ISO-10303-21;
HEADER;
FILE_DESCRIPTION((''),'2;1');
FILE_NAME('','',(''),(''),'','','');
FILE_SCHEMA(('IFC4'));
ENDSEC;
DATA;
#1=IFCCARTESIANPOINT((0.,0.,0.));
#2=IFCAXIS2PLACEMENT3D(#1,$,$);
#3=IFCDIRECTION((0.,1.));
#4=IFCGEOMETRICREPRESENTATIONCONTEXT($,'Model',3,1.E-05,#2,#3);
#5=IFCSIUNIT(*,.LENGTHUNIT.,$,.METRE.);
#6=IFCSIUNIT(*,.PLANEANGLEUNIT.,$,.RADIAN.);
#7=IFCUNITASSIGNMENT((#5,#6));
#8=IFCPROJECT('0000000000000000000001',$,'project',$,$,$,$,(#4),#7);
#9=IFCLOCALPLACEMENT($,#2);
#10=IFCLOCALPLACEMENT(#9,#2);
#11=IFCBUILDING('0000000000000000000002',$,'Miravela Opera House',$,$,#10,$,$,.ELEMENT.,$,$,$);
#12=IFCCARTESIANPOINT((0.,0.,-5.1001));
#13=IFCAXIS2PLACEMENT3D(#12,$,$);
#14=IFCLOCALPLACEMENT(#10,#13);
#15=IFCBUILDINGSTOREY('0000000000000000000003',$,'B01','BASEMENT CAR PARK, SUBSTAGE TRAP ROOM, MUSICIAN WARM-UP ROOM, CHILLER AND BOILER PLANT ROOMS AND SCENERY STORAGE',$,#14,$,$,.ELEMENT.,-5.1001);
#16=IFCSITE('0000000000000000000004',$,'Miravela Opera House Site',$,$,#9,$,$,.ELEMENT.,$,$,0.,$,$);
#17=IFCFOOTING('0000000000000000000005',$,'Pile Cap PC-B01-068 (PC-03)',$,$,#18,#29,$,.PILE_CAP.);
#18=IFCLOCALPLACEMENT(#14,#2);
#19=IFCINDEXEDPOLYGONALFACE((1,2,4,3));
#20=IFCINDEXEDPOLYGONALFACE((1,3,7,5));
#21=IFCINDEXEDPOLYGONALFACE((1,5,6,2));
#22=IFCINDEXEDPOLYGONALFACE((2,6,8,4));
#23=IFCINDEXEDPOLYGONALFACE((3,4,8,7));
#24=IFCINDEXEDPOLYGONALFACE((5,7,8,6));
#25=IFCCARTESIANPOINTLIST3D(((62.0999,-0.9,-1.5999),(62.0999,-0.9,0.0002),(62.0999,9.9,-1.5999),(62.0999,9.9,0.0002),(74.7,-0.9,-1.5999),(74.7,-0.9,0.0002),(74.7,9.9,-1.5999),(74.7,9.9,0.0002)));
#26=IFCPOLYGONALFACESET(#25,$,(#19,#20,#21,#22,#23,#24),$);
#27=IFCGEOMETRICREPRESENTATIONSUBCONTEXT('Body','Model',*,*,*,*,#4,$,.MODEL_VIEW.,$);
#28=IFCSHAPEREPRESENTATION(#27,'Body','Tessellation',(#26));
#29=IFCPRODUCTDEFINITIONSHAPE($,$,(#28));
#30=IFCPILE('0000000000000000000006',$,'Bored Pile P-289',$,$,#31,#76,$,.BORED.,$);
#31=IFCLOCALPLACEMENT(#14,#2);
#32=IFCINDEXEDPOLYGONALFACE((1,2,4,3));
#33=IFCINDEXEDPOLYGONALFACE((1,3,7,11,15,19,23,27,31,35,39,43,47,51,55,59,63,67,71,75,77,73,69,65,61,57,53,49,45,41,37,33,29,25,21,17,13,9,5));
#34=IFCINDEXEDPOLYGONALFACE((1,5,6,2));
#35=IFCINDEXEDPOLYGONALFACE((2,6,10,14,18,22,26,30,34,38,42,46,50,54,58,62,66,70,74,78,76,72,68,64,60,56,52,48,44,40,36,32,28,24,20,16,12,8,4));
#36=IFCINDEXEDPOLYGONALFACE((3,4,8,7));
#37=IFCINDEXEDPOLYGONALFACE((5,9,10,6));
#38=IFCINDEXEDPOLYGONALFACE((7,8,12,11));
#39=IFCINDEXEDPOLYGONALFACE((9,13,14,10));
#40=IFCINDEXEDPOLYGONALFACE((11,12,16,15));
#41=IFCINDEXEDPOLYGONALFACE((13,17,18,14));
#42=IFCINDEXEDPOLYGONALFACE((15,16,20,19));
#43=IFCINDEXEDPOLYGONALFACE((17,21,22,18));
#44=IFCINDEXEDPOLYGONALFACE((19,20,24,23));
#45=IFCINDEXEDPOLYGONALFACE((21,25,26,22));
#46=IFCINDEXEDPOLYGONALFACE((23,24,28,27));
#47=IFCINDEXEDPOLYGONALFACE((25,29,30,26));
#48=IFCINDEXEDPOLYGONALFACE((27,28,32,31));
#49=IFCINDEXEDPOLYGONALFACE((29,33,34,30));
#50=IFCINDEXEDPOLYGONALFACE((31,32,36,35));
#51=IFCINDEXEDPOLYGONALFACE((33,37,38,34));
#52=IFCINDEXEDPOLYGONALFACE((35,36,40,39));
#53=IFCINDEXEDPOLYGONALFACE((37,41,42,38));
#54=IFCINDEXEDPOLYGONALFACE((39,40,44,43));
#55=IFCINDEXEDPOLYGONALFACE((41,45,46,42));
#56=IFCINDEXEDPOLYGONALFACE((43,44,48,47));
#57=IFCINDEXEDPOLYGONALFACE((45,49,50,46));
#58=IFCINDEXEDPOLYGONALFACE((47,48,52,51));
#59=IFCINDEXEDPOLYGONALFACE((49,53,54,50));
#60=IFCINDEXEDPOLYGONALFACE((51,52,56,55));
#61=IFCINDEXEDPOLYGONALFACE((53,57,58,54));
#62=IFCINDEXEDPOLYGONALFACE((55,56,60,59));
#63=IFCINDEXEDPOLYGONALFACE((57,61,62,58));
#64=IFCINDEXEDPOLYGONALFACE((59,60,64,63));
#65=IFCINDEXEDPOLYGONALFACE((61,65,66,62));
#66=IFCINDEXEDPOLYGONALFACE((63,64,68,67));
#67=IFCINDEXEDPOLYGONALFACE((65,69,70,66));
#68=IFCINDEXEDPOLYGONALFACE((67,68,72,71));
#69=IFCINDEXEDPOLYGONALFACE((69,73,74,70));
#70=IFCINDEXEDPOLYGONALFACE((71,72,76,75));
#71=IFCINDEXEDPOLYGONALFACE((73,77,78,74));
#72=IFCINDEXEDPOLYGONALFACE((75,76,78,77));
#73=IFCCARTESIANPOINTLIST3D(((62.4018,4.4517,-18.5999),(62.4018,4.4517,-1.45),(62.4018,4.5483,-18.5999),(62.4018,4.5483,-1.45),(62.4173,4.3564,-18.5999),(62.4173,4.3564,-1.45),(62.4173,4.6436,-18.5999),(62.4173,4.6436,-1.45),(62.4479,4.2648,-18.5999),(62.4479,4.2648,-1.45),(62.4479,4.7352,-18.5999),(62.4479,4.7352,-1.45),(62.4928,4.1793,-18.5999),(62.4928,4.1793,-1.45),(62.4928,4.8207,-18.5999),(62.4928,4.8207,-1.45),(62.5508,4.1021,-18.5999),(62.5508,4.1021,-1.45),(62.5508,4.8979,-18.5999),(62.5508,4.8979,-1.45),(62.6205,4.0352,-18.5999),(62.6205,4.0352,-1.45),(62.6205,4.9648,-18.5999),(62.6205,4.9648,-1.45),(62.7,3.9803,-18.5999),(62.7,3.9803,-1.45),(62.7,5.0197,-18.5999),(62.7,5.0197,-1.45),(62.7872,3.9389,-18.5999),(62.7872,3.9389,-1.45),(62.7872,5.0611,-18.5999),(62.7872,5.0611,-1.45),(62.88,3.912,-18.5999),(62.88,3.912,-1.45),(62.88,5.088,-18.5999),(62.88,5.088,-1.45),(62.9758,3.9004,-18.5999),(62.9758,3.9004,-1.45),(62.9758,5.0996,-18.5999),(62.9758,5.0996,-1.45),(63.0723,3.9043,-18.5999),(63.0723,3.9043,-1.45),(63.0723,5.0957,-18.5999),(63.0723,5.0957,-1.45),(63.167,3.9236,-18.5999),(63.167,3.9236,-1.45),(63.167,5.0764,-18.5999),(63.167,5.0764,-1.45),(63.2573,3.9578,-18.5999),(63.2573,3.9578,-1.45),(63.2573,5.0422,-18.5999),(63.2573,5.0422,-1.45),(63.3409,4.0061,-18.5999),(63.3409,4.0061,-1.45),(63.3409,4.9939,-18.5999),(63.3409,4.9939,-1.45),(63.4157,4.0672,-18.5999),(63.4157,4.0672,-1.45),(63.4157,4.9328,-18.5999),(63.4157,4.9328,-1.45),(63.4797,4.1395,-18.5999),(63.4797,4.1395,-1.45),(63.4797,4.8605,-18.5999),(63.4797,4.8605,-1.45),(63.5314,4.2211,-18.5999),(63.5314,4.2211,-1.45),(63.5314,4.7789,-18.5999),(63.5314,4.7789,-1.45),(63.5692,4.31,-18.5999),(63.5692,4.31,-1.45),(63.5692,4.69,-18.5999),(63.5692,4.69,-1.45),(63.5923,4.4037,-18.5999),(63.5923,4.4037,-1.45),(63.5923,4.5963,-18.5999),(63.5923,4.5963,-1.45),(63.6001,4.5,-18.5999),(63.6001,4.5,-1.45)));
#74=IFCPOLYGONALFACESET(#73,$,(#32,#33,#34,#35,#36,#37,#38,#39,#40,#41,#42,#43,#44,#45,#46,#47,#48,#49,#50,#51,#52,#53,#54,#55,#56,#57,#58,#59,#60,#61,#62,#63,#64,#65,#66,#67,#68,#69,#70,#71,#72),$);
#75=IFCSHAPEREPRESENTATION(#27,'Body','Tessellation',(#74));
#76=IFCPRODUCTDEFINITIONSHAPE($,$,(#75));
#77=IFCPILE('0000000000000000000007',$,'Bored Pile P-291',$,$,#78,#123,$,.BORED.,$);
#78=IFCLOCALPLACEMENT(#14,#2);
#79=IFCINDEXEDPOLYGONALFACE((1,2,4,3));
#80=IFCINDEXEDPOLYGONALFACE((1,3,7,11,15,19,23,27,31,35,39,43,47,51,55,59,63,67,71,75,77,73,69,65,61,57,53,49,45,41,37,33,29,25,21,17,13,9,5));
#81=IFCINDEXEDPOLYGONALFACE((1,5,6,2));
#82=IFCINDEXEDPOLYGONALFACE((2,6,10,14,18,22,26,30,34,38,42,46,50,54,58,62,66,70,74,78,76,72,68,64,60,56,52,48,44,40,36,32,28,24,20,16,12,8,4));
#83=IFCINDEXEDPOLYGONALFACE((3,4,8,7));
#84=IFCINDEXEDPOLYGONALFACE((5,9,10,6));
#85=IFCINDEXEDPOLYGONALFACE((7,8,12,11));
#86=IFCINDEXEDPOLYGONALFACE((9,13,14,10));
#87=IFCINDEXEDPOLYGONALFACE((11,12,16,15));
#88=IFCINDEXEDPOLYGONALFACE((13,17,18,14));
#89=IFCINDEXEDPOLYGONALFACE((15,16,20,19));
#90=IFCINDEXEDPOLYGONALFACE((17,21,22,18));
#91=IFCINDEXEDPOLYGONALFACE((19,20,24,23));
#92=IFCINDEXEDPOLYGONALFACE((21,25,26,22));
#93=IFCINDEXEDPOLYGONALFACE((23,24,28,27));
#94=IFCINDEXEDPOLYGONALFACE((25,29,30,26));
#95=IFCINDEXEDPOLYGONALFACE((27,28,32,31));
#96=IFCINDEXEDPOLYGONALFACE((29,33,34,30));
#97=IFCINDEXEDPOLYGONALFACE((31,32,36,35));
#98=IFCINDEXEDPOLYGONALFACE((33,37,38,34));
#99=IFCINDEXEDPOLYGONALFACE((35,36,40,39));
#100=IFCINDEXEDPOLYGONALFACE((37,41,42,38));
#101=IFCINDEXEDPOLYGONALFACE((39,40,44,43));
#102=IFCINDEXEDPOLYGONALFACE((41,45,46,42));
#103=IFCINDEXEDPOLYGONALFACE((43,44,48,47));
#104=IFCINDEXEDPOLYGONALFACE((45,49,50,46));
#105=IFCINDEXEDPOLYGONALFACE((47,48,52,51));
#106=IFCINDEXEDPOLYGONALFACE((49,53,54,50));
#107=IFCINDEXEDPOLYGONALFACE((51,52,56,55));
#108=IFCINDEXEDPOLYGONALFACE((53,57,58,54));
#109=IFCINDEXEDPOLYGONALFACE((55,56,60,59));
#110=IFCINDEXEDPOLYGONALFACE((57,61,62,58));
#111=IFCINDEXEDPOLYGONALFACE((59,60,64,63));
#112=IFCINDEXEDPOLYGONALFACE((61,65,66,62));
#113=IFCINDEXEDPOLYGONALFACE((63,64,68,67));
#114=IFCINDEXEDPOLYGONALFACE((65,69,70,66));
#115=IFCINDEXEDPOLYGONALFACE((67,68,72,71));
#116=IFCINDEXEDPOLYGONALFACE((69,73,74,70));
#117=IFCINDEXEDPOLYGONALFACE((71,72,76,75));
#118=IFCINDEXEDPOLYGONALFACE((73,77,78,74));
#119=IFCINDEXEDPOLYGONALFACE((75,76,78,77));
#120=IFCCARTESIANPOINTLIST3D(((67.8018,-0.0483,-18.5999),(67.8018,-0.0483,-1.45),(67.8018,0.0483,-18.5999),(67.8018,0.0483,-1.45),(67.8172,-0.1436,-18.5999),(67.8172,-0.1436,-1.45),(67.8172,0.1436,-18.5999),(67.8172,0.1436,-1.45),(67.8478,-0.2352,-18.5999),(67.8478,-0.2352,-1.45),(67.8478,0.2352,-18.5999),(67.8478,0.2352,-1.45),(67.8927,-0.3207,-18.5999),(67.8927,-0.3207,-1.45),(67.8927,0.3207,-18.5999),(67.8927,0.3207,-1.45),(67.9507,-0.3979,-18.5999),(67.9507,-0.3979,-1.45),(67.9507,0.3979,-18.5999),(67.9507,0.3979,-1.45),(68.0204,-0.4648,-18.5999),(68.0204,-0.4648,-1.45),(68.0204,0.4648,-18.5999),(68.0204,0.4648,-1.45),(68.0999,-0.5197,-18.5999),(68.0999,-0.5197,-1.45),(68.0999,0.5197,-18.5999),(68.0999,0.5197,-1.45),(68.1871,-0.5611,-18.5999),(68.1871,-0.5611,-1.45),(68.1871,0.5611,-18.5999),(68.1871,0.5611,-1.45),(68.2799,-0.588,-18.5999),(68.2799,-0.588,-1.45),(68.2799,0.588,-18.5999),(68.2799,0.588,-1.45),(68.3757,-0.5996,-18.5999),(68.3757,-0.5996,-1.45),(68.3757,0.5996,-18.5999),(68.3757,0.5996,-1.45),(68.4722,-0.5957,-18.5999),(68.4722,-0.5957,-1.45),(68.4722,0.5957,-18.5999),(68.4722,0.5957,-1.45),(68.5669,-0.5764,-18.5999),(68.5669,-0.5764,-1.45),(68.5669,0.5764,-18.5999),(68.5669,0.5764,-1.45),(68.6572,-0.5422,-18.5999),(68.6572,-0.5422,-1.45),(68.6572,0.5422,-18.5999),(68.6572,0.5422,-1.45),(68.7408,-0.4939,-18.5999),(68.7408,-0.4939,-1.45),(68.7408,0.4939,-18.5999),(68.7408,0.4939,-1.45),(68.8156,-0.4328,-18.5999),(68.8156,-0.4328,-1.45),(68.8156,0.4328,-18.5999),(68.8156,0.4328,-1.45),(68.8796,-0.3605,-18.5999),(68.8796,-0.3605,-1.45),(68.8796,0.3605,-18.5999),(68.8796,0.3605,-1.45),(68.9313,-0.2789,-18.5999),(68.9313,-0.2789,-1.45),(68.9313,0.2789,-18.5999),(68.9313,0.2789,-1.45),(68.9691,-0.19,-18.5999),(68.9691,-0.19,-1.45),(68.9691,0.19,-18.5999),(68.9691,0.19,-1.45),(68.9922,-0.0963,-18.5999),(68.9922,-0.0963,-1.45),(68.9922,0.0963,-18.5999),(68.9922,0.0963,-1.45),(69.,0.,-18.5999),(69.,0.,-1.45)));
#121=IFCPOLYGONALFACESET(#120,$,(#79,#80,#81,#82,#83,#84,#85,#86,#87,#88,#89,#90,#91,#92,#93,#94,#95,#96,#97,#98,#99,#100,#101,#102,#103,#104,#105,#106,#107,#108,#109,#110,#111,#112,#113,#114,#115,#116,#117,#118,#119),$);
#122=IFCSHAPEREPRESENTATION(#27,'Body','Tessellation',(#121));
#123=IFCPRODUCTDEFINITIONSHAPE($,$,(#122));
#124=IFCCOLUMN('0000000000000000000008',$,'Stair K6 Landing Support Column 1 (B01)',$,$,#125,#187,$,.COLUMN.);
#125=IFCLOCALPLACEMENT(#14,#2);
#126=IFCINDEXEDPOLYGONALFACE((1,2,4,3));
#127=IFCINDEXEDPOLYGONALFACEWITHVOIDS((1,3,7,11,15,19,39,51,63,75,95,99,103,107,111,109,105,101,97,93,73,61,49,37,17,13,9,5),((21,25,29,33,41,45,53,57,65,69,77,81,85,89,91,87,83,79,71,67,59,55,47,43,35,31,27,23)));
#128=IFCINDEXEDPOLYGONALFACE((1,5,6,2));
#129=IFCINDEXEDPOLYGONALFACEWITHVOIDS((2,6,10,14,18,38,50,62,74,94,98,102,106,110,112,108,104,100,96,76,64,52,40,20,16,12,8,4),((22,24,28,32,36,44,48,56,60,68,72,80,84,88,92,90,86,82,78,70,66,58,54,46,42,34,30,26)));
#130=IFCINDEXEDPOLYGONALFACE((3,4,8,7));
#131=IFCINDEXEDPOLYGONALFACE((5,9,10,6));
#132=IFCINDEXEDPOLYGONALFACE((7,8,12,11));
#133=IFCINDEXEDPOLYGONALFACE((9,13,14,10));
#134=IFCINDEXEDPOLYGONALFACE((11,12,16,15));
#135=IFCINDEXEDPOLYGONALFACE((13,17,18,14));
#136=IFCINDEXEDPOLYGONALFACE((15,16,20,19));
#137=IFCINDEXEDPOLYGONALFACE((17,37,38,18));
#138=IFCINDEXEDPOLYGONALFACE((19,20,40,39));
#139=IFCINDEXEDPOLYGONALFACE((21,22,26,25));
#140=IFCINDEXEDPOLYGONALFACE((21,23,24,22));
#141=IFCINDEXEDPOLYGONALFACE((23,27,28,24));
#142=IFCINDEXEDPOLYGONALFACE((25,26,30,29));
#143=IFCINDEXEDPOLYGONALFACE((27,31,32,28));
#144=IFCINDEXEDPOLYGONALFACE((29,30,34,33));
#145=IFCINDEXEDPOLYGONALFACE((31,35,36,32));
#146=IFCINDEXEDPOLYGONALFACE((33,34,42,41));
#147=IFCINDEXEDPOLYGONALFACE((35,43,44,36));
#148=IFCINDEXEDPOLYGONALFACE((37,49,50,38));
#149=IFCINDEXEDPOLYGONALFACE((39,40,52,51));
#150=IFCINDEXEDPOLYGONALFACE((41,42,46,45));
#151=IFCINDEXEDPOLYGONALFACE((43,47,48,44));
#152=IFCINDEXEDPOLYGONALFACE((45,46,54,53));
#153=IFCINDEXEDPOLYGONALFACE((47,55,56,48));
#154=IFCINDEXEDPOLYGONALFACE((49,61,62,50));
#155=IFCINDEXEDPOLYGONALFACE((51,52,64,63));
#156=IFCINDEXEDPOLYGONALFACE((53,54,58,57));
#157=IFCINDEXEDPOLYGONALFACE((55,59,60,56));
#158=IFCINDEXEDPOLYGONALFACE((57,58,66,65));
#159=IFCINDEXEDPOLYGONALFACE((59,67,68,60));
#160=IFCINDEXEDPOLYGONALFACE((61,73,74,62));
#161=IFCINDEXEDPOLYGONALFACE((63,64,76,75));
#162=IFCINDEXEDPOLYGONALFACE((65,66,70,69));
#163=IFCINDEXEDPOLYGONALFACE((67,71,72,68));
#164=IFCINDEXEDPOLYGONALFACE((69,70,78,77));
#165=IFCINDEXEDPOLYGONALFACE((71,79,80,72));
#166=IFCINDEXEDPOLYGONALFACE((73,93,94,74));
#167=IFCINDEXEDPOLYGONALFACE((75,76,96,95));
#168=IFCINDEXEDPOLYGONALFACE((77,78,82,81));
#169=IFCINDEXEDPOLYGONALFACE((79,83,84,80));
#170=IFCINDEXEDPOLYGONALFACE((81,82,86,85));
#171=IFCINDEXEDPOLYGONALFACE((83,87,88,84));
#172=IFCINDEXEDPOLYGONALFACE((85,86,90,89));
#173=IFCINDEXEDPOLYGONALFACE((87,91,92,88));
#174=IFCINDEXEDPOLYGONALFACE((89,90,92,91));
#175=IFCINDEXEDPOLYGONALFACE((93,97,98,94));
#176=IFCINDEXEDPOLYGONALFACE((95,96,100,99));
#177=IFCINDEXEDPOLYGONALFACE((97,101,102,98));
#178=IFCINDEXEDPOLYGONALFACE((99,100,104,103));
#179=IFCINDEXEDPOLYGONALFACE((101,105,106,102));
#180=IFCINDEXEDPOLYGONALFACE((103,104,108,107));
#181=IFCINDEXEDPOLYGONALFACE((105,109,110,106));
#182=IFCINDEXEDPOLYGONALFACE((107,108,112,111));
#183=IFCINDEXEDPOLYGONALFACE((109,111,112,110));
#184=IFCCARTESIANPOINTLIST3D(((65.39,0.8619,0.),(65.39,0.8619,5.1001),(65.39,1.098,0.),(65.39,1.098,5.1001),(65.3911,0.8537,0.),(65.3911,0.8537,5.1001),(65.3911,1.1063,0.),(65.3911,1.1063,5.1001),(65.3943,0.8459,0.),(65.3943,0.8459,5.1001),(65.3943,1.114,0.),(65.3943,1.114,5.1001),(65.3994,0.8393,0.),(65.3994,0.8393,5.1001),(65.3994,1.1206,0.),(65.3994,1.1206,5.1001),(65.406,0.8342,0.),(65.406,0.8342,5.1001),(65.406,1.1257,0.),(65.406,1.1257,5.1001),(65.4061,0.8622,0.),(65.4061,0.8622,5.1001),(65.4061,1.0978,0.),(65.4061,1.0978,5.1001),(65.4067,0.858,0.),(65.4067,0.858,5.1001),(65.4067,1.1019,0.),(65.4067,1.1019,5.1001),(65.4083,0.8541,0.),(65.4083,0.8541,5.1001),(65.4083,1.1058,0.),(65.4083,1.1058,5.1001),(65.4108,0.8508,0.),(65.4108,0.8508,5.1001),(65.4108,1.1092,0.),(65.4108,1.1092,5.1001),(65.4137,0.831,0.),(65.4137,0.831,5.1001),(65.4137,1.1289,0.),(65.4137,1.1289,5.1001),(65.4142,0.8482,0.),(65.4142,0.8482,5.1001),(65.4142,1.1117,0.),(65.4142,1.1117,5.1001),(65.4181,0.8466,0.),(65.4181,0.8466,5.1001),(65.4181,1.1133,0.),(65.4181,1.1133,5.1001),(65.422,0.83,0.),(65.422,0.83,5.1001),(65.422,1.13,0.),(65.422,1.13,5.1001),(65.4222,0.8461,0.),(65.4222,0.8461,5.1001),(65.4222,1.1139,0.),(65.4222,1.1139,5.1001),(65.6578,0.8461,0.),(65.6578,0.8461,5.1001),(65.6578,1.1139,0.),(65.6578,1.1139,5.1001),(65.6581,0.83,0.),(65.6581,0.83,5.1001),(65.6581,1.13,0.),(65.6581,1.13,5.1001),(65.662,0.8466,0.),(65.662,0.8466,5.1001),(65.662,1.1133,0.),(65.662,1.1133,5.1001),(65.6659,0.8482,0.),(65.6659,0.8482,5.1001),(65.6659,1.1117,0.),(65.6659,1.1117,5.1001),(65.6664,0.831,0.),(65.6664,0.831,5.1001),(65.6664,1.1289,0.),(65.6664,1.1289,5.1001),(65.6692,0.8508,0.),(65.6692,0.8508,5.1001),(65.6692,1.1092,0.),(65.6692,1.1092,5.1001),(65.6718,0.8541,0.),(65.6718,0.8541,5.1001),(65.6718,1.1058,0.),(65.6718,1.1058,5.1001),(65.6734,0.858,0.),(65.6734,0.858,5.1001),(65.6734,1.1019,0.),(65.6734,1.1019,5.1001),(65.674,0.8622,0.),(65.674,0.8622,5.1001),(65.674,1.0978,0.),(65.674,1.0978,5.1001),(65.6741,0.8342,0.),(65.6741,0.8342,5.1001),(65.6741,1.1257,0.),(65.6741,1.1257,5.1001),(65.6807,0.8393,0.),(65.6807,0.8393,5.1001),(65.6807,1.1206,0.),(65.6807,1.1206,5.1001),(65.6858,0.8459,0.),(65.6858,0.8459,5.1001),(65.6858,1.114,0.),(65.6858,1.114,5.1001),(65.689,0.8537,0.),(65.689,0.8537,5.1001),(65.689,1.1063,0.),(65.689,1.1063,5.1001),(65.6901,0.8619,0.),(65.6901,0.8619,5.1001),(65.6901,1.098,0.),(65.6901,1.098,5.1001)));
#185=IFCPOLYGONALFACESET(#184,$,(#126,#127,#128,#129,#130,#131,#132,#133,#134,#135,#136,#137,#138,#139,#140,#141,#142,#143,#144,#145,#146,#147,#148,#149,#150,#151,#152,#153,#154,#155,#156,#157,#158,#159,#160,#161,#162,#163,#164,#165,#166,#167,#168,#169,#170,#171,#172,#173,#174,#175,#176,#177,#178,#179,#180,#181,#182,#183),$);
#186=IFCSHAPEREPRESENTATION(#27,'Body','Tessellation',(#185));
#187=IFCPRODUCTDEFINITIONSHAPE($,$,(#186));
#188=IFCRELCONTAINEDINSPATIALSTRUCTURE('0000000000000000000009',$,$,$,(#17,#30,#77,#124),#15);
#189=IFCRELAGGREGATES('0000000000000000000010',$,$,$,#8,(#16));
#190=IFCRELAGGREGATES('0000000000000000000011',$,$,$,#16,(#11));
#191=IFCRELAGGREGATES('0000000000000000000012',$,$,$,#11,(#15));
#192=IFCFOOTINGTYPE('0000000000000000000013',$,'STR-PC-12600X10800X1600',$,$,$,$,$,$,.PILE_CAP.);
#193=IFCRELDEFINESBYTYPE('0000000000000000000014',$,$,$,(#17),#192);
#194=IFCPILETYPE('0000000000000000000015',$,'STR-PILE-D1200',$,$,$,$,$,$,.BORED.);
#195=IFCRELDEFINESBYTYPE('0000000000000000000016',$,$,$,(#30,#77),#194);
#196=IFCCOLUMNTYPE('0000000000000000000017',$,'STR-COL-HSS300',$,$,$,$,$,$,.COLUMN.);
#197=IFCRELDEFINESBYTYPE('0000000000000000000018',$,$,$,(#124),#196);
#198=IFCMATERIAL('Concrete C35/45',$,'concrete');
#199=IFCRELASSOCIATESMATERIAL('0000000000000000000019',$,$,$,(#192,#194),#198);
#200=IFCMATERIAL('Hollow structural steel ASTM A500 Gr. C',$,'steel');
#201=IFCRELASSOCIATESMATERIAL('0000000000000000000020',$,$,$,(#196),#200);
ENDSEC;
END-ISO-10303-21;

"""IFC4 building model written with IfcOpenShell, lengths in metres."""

from ifc_helpers import new_model, si_unit, direction, frame, origin, origin_2d, place, context, subcontext, project, spatial, rectangle, hollow_rectangle, circle, extrude, material, material_profile, profile_set, type_object, element, save


model = new_model("IFC4")

# Units and contexts
model_context = context("Model", 3, precision=1e-05, world=origin(), true_north=direction((0.0, 1.0)))
body_context = subcontext(model_context, "Body", "Model", "MODEL_VIEW")
ifc_project = project(units=[si_unit("LENGTHUNIT", "METRE"), si_unit("PLANEANGLEUNIT", "RADIAN")], contexts=[model_context])

# Site, building, storey
site_placement = place(None, origin())
site = spatial("IfcSite", under=ifc_project, at=site_placement, Name="Miravela Opera House Site", CompositionType="ELEMENT", RefElevation=0.0)
building_placement = place(site_placement, origin())
building = spatial("IfcBuilding", under=site, at=building_placement, Name="Miravela Opera House", CompositionType="ELEMENT")
storey_placement = place(building_placement, frame((0.0, 0.0, -5.1001)))
storey = spatial("IfcBuildingStorey", under=building, at=storey_placement, Name="B01", Description="BASEMENT CAR PARK, SUBSTAGE TRAP ROOM, MUSICIAN WARM-UP ROOM, CHILLER AND BOILER PLANT ROOMS AND SCENERY STORAGE", CompositionType="ELEMENT", Elevation=-5.1001)

# Footing
ifc_material_1 = material(Name="Concrete C35/45", Category="concrete")
footing_type = type_object("IfcFootingType", Name="STR-PC-12600X10800X1600", PredefinedType="PILE_CAP", material=ifc_material_1)
footing_placement = place(storey_placement, frame((68.3999, 4.5, -1.5999), z_axis=(0.0, 0.0, 1.0), x_axis=(1.0, 0.0, 0.0)))
element("IfcFooting", 1, at=footing_placement, inside=storey, type_object=footing_type, Name="Pile Cap PC-B01-068 (PC-03)", PredefinedType="PILE_CAP", context=body_context, shape_type="SweptSolid", body=[
    extrude(rectangle(XDim=12.6001, YDim=10.8, at=origin_2d()), origin(), (0.0, 0.0, 1.0), 1.6001),
])

# Piles
ifc_material_profile_1 = material_profile(ifc_material_1, circle(Radius=0.6001, at=origin_2d()), Name="PILE-D1200")
ifc_profile_set_1 = profile_set([ifc_material_profile_1])
pile_type = type_object("IfcPileType", Name="STR-PILE-D1200", PredefinedType="BORED", material=ifc_profile_set_1)
for number, where, z_axis, x_axis, name in (
    (2, (63.0, 4.5, -1.45), (0.0, 0.0, -1.0), (1.0, 0.0, 0.0), "Bored Pile P-289"),
    (3, (68.3999, 0.0, -1.45), (0.0, 0.0, -1.0), (1.0, 0.0, 0.0), "Bored Pile P-291"),
):
    element("IfcPile", number, at=place(storey_placement, frame(where, z_axis=z_axis, x_axis=x_axis)), inside=storey, type_object=pile_type, Name=name, PredefinedType="BORED", context=body_context, shape_type="SweptSolid", body=[
        extrude(circle(Radius=0.6001, at=origin_2d()), origin(), (0.0, 0.0, 1.0), 17.1499),
    ])

# Column
ifc_material_2 = material(Name="Hollow structural steel ASTM A500 Gr. C", Category="steel")
ifc_material_profile_2 = material_profile(ifc_material_2, hollow_rectangle(XDim=0.3, YDim=0.3, WallThickness=0.0161, InnerFilletRadius=0.0161, OuterFilletRadius=0.032, at=origin_2d()), Name="HSS300X300X16")
ifc_profile_set_2 = profile_set([ifc_material_profile_2])
column_type_1 = type_object("IfcColumnType", Name="STR-COL-HSS300", PredefinedType="COLUMN", material=ifc_profile_set_2)
for number, where, z_axis, x_axis, name in (
    (4, (65.54, 0.98, 0.0), (0.0, 0.0, 1.0), (1.0, 0.0, 0.0), "Stair K6 Landing Support Column 1 (B01)"),
):
    element("IfcColumn", number, at=place(storey_placement, frame(where, z_axis=z_axis, x_axis=x_axis)), inside=storey, type_object=column_type_1, Name=name, PredefinedType="COLUMN", context=body_context, shape_type="SweptSolid", body=[
        extrude(hollow_rectangle(XDim=0.3, YDim=0.3, WallThickness=0.0161, InnerFilletRadius=0.0161, OuterFilletRadius=0.032, at=origin_2d()), origin(), (0.0, 0.0, 1.0), 5.1001),
    ])

save(model, "model.ifc")
